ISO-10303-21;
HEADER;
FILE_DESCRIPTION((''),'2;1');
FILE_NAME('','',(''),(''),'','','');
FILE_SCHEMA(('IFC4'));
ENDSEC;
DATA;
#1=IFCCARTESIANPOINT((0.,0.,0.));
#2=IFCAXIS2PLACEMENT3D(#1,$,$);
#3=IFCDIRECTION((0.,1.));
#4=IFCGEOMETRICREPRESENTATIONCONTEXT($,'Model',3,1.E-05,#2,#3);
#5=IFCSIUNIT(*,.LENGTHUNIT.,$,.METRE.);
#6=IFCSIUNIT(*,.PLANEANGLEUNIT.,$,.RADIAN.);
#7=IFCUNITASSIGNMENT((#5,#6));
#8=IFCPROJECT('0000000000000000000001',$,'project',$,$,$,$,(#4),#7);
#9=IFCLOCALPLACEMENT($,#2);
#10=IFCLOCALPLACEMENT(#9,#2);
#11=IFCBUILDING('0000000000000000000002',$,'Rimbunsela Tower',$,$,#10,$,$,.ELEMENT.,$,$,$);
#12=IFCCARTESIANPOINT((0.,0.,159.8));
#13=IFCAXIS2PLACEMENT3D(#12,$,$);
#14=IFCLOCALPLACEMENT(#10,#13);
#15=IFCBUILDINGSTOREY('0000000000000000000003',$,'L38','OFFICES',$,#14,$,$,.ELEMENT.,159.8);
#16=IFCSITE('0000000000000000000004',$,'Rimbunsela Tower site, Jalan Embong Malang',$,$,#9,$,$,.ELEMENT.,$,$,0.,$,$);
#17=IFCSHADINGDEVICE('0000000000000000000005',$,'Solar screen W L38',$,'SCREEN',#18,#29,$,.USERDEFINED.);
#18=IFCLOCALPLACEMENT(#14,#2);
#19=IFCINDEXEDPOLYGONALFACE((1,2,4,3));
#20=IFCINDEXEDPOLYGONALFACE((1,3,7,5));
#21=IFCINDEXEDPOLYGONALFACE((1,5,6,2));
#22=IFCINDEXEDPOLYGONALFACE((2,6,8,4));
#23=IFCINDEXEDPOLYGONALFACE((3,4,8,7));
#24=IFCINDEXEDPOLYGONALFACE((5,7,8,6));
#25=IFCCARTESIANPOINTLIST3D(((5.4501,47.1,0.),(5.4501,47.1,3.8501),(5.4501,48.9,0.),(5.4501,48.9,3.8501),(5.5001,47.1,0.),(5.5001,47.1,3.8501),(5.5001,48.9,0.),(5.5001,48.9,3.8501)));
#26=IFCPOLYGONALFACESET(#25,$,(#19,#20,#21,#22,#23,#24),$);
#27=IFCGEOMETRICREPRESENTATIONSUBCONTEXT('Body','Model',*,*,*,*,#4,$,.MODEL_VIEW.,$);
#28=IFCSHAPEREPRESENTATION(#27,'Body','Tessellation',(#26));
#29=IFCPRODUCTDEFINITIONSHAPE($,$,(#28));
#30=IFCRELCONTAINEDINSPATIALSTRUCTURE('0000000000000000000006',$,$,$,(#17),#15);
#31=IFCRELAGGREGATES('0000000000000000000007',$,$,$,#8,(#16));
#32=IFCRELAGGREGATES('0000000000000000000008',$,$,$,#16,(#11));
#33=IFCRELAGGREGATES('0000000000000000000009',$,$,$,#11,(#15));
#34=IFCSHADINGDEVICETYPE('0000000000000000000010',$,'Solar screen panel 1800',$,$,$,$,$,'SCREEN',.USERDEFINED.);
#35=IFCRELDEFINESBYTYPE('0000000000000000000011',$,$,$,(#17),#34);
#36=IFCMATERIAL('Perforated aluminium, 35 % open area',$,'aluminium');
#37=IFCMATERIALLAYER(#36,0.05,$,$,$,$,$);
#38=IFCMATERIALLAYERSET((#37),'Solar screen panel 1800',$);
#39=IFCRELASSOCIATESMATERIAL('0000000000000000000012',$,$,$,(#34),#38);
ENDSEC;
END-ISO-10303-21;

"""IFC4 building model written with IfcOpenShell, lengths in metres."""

from ifc_helpers import new_model, si_unit, direction, frame, origin, origin_2d, place, context, subcontext, project, spatial, rectangle, extrude, material, layer, layer_set, type_object, element, save


model = new_model("IFC4")

# Units and contexts
model_context = context("Model", 3, precision=1e-05, world=origin(), true_north=direction((0.0, 1.0)))
body_context = subcontext(model_context, "Body", "Model", "MODEL_VIEW")
ifc_project = project(units=[si_unit("LENGTHUNIT", "METRE"), si_unit("PLANEANGLEUNIT", "RADIAN")], contexts=[model_context])

# Site, building, storey
site_placement = place(None, origin())
site = spatial("IfcSite", under=ifc_project, at=site_placement, Name="Rimbunsela Tower site, Jalan Embong Malang", CompositionType="ELEMENT", RefElevation=0.0)
building_placement = place(site_placement, origin())
building = spatial("IfcBuilding", under=site, at=building_placement, Name="Rimbunsela Tower", CompositionType="ELEMENT")
storey_placement = place(building_placement, frame((0.0, 0.0, 159.8)))
storey = spatial("IfcBuildingStorey", under=building, at=storey_placement, Name="L38", Description="OFFICES", CompositionType="ELEMENT", Elevation=159.8)

# Shading device
ifc_material_1 = material(Name="Perforated aluminium, 35 % open area", Category="aluminium")
ifc_layer_1 = layer(ifc_material_1, 0.05)
ifc_layer_set_1 = layer_set([ifc_layer_1], Name="Solar screen panel 1800")
shading_device_type = type_object("IfcShadingDeviceType", Name="Solar screen panel 1800", ElementType="SCREEN", PredefinedType="USERDEFINED", material=ifc_layer_set_1)
for number, where, z_axis, x_axis, name in (
    (1, (5.4751, 48.0, 0.0), (0.0, 0.0, 1.0), (0.0, 1.0, 0.0), "Solar screen W L38"),
):
    element("IfcShadingDevice", number, at=place(storey_placement, frame(where, z_axis=z_axis, x_axis=x_axis)), inside=storey, type_object=shading_device_type, Name=name, ObjectType="SCREEN", PredefinedType="USERDEFINED", context=body_context, shape_type="SweptSolid", body=[
        extrude(rectangle(XDim=1.8, YDim=0.05, at=origin_2d()), origin(), (0.0, 0.0, 1.0), 3.8501),
    ])

save(model, "model.ifc")
